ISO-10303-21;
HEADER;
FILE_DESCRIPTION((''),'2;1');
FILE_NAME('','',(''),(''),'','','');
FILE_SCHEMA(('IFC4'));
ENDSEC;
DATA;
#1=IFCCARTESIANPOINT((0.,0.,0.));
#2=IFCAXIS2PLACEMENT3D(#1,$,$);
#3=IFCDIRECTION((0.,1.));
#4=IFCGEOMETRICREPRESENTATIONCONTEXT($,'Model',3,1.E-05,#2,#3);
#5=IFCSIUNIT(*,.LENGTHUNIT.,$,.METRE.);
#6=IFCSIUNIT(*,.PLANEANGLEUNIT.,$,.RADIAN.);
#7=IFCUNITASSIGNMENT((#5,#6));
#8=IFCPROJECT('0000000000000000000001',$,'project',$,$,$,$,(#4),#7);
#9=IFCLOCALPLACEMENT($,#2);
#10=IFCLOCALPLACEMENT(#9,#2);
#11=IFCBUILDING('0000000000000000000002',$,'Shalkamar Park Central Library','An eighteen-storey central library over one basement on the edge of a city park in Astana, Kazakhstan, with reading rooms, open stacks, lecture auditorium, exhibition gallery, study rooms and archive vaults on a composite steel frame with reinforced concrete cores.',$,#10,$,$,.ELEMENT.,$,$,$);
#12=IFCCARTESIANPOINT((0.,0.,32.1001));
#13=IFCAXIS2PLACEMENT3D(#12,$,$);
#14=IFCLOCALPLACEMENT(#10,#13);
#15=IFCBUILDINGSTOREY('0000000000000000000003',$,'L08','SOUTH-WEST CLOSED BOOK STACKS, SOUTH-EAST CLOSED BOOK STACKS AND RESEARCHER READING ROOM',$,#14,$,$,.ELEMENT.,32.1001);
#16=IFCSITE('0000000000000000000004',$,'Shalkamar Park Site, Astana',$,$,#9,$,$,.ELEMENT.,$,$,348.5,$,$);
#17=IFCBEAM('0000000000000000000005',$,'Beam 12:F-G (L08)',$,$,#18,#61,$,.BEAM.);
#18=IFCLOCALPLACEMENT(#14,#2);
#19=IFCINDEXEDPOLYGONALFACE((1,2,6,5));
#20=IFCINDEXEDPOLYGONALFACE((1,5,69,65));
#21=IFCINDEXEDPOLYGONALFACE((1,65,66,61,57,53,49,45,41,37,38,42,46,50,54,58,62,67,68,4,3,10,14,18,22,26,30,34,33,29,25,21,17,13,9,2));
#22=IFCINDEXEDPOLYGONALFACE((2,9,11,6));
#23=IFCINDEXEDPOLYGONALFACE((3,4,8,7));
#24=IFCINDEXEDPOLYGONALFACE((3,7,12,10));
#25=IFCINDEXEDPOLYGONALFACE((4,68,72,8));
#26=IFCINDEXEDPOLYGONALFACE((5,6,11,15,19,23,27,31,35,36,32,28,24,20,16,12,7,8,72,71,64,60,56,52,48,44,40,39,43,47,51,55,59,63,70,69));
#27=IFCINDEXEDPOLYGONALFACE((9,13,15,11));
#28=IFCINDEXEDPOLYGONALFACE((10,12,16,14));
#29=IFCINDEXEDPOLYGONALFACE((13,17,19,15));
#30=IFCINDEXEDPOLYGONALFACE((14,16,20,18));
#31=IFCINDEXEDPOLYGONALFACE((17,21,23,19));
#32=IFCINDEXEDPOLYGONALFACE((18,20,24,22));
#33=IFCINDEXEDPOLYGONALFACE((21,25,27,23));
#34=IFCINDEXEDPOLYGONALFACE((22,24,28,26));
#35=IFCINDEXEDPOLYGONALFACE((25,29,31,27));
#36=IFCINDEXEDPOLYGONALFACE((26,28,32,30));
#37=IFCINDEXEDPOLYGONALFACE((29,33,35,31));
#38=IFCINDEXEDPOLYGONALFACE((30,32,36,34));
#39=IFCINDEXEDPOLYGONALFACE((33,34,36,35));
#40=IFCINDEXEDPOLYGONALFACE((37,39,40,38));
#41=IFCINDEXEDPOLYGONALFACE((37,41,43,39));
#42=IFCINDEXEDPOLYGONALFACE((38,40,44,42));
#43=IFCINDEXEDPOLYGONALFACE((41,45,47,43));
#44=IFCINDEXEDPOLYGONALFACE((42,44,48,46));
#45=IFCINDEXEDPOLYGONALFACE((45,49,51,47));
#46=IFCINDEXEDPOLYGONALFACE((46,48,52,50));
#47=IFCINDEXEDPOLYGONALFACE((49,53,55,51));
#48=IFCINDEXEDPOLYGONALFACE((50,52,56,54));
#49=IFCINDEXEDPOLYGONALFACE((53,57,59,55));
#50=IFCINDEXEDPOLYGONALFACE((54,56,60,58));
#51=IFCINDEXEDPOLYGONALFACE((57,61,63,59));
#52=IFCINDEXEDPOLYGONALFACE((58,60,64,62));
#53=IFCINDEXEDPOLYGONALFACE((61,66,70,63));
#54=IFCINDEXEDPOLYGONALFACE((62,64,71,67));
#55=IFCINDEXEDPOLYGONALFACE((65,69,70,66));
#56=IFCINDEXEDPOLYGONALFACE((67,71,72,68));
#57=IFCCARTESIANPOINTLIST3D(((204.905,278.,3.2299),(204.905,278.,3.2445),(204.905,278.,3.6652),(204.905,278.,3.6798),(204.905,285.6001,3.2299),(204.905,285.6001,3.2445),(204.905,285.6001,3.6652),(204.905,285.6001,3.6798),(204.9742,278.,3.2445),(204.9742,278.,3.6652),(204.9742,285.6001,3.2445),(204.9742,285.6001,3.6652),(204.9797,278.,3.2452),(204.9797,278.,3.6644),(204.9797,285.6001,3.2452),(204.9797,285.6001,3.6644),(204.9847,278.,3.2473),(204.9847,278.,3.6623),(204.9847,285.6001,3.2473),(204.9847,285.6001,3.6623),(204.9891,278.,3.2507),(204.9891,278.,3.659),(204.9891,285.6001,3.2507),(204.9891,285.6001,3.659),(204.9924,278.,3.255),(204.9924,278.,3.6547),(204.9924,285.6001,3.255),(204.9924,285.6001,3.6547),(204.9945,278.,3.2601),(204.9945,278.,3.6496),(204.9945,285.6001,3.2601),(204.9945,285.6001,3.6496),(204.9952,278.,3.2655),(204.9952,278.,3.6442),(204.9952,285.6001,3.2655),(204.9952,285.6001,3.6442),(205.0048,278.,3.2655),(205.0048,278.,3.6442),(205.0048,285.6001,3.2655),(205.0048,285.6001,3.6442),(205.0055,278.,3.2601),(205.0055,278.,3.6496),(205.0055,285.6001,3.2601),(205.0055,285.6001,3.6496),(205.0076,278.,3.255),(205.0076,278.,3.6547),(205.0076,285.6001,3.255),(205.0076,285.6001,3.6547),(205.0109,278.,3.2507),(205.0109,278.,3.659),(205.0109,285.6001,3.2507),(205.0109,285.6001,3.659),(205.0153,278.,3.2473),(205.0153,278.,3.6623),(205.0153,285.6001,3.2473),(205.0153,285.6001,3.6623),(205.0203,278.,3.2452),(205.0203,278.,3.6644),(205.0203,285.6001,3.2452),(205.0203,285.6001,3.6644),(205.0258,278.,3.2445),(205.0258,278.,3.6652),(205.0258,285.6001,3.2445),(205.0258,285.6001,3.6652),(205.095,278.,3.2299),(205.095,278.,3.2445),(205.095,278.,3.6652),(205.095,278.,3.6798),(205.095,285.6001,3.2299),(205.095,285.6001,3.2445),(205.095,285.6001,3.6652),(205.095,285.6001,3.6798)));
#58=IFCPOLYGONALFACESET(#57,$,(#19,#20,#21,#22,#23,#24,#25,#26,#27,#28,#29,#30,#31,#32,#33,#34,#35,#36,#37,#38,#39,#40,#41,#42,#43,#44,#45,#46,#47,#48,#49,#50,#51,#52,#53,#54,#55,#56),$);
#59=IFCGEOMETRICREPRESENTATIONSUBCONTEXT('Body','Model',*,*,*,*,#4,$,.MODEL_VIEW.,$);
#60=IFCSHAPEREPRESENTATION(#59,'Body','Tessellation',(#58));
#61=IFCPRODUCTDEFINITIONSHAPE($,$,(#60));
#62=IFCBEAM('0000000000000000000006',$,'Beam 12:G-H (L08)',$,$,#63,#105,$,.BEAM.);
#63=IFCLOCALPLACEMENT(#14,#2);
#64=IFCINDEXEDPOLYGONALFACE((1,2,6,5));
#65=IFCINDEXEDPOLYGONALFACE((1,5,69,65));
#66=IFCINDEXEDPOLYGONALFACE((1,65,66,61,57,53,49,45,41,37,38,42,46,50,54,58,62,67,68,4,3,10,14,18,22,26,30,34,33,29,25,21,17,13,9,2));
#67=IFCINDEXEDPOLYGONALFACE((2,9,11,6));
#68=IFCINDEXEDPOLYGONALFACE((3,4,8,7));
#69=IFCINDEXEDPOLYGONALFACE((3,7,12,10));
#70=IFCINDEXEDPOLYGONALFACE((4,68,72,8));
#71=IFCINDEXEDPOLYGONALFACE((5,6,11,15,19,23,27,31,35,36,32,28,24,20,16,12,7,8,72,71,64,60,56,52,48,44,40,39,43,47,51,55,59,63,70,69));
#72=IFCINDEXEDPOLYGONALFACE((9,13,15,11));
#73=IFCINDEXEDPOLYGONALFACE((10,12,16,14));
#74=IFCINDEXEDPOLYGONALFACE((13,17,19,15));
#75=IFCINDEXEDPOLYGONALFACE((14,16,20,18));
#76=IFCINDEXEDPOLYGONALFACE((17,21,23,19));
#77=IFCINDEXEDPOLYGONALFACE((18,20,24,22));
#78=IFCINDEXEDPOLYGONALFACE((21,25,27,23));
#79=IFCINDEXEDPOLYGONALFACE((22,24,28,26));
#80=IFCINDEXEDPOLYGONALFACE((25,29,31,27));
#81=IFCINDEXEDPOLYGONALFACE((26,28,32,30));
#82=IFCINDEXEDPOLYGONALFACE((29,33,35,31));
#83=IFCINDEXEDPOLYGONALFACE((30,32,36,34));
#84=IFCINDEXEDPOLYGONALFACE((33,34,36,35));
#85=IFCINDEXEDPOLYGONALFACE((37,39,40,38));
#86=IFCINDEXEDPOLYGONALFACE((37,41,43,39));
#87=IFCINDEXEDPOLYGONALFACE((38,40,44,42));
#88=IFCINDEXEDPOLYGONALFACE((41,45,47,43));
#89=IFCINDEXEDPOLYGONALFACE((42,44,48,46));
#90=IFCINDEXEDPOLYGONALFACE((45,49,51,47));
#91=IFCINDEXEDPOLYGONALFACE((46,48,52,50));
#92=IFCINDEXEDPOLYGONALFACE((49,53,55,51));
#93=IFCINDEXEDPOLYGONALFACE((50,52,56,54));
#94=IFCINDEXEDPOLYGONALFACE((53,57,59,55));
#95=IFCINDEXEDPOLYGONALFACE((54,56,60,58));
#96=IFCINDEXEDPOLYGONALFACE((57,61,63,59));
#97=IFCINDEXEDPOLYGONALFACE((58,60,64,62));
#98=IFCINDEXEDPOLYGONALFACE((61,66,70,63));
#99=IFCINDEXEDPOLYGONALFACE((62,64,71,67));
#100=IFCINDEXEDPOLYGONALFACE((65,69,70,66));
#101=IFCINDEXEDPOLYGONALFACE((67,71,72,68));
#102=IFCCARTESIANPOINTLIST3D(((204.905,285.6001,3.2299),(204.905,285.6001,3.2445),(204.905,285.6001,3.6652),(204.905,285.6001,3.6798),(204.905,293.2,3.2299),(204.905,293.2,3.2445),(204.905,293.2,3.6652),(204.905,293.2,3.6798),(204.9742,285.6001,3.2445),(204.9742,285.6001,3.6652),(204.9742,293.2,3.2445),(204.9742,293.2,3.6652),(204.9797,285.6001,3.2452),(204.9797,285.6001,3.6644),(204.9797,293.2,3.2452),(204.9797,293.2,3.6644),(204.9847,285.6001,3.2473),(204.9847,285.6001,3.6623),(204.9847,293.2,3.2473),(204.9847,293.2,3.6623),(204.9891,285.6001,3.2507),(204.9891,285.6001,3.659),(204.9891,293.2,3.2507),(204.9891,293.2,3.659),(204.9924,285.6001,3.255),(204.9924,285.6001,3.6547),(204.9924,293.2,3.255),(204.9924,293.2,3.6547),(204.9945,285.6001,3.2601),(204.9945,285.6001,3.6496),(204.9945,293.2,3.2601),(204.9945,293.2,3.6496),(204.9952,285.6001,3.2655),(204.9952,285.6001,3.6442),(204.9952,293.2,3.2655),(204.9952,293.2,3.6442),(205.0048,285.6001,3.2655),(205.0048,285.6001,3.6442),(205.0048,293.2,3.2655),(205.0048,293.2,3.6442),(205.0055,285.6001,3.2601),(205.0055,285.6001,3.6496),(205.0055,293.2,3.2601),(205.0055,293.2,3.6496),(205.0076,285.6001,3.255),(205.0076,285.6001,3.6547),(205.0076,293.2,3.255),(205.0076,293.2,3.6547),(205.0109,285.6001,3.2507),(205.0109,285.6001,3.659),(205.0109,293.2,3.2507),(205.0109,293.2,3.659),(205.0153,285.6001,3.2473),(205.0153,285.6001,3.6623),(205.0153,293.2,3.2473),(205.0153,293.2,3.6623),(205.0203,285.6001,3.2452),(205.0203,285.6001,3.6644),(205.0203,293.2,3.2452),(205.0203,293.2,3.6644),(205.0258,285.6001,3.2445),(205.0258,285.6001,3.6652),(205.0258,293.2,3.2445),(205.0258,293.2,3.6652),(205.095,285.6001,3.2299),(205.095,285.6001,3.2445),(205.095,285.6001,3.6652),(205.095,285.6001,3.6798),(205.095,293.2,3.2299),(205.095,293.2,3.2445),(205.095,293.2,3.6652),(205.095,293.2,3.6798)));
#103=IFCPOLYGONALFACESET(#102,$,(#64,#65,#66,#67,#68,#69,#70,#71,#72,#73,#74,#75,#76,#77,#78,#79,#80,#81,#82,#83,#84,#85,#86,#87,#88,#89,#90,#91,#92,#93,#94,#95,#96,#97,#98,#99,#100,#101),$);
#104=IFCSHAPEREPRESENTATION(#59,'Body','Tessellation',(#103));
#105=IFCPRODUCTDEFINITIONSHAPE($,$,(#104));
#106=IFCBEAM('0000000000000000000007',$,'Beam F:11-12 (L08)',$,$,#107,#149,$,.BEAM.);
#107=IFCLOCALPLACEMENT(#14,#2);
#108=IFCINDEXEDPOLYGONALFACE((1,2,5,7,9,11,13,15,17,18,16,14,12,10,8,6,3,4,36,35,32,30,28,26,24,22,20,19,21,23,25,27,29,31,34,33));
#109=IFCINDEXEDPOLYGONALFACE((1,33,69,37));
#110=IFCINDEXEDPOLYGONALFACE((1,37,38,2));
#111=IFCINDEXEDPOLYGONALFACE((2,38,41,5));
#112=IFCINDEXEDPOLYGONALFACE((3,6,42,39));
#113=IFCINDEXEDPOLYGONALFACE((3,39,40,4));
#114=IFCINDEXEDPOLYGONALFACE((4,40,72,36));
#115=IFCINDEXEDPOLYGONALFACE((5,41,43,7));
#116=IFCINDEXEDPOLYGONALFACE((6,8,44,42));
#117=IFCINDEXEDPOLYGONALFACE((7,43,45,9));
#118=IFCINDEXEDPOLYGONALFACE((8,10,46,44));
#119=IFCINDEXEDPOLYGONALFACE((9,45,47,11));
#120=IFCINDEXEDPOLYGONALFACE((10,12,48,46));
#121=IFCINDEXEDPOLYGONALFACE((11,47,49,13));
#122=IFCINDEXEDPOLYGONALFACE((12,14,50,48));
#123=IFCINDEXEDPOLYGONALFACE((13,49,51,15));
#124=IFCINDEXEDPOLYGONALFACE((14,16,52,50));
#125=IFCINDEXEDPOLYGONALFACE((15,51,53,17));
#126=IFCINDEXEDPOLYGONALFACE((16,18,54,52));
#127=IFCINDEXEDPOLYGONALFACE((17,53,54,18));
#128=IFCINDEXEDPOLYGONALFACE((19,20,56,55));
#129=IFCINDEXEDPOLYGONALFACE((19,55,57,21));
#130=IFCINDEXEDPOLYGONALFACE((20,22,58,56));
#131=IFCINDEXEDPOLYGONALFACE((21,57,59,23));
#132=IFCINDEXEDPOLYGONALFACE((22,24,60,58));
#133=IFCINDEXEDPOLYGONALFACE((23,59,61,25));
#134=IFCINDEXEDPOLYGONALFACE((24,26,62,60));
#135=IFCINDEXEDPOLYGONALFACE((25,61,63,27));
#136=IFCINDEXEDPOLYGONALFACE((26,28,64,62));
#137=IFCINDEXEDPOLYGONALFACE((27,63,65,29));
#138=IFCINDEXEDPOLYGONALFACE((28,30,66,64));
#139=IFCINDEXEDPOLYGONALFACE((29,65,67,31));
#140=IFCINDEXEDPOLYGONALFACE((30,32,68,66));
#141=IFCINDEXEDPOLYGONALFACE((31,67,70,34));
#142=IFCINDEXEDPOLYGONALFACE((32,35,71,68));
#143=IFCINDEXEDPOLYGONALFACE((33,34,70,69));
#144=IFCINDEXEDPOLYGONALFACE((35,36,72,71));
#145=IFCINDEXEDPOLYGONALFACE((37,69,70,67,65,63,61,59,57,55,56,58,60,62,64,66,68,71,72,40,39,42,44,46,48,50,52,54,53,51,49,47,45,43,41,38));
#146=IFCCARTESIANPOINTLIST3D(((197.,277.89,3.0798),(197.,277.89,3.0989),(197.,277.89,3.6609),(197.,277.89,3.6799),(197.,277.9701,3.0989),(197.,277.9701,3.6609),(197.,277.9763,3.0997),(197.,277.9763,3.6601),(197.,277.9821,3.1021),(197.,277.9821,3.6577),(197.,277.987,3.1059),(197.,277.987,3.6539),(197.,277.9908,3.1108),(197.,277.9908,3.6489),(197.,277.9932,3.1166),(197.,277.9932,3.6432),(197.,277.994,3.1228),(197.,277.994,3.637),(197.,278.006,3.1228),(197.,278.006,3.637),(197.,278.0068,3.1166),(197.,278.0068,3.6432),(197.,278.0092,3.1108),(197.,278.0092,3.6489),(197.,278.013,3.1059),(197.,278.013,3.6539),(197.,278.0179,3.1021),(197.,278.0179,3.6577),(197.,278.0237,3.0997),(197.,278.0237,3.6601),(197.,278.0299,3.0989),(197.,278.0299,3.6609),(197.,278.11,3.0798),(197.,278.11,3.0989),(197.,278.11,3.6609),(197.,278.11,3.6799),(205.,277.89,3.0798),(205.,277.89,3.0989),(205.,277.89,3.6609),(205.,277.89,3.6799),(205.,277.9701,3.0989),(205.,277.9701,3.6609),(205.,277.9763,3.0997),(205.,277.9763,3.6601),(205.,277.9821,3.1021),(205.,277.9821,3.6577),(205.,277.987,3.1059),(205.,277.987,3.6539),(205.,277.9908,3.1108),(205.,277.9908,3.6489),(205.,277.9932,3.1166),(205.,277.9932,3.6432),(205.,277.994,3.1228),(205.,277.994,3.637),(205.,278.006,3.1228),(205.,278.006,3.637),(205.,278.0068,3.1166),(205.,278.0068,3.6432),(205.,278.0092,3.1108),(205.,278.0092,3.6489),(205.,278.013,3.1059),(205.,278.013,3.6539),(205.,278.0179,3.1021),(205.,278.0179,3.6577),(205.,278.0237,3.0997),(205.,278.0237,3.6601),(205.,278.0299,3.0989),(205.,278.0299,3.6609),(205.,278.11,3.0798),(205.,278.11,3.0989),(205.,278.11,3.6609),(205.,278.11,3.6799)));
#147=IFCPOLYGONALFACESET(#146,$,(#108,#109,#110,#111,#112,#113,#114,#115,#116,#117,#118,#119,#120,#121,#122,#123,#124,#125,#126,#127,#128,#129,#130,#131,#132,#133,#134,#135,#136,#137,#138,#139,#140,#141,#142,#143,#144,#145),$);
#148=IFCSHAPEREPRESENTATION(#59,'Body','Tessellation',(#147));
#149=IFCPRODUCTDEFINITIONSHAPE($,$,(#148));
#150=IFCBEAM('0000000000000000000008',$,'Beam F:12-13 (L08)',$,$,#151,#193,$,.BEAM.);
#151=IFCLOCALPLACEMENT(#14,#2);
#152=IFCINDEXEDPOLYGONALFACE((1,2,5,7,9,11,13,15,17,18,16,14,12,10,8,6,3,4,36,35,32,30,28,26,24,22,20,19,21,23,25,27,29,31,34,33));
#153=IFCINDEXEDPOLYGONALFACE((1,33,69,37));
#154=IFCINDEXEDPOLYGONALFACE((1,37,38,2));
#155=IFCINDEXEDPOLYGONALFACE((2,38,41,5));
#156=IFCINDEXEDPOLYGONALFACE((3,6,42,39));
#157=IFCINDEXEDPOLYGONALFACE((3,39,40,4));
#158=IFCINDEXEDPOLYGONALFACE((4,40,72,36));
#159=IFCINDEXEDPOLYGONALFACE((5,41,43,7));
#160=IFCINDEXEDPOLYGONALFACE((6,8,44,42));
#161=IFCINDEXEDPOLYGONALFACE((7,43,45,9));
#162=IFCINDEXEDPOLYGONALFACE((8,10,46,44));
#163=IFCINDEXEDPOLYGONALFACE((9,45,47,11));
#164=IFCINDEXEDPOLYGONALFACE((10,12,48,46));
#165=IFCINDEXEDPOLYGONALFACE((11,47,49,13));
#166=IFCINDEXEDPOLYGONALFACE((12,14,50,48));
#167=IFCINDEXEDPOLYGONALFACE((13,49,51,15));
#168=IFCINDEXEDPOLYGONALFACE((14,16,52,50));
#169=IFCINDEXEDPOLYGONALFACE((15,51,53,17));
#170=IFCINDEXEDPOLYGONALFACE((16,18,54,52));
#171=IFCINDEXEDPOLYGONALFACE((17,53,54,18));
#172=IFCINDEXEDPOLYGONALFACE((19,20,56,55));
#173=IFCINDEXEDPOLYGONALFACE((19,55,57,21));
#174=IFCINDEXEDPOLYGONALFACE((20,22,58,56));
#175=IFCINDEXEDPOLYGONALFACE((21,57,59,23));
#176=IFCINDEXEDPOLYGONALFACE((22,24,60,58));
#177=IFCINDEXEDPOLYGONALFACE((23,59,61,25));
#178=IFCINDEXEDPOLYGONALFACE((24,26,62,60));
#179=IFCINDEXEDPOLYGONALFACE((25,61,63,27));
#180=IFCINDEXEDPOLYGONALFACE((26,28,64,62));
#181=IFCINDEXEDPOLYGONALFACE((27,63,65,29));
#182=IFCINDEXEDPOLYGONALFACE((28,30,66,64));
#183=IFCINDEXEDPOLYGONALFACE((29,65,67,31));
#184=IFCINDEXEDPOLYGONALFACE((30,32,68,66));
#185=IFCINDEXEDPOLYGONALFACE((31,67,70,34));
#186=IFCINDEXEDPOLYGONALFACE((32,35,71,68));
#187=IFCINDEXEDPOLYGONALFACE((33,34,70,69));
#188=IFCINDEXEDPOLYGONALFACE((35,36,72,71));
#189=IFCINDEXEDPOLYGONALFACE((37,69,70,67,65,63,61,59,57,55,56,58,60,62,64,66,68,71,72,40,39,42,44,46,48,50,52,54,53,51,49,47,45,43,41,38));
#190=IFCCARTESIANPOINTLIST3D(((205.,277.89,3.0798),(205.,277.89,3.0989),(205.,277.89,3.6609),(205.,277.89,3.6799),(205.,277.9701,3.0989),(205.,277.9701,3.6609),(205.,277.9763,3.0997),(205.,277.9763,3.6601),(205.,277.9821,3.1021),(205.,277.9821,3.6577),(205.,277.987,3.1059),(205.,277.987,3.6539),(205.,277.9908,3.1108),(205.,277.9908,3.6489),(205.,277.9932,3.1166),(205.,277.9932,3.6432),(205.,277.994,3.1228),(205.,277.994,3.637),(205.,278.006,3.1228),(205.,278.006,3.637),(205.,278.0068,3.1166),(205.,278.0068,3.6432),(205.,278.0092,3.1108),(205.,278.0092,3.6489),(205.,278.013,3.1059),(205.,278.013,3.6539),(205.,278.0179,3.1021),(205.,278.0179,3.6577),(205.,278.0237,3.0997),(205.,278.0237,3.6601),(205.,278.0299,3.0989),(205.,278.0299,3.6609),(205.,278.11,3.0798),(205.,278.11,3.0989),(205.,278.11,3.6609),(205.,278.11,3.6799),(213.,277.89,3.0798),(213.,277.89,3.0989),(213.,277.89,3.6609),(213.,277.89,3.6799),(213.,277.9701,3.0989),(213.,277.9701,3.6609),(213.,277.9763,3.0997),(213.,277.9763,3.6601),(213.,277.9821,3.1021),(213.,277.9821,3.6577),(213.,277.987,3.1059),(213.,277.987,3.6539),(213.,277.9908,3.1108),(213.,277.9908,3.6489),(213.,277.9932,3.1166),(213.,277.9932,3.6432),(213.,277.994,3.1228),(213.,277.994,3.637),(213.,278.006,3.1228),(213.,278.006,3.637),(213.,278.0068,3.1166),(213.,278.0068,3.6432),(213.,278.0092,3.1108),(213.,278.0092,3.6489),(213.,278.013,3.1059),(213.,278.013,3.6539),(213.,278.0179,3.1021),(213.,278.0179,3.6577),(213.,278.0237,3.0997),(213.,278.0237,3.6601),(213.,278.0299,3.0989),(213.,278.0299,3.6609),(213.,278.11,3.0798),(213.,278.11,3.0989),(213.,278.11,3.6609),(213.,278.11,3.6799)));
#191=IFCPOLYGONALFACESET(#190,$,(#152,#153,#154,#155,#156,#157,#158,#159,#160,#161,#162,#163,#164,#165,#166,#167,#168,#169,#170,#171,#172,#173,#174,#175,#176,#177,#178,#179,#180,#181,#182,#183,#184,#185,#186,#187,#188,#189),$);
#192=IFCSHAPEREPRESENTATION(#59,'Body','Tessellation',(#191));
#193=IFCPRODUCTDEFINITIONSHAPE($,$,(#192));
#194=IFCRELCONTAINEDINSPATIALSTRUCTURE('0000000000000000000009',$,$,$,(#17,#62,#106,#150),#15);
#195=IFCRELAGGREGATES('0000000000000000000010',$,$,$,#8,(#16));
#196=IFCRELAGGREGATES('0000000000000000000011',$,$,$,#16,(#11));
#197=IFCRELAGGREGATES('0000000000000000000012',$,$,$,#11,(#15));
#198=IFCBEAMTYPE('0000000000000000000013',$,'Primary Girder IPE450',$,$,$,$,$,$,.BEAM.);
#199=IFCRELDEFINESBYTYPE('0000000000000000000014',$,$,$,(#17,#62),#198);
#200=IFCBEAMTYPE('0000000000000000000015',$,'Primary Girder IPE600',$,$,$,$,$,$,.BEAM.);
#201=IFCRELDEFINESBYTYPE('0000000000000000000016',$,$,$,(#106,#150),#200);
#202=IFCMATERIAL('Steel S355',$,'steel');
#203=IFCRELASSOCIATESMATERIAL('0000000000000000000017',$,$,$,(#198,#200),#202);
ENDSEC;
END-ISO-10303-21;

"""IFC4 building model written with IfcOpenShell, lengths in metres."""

from ifc_helpers import new_model, si_unit, direction, frame, origin, origin_2d, place, context, subcontext, project, spatial, i_section, extrude, material, material_profile, profile_set, type_object, element, save


model = new_model("IFC4")

# Units and contexts
model_context = context("Model", 3, precision=1e-05, world=origin(), true_north=direction((0.0, 1.0)))
body_context = subcontext(model_context, "Body", "Model", "MODEL_VIEW")
ifc_project = project(units=[si_unit("LENGTHUNIT", "METRE"), si_unit("PLANEANGLEUNIT", "RADIAN")], contexts=[model_context])

# Site, building, storey
site_placement = place(None, origin())
site = spatial("IfcSite", under=ifc_project, at=site_placement, Name="Shalkamar Park Site, Astana", CompositionType="ELEMENT", RefElevation=348.5)
building_placement = place(site_placement, origin())
building = spatial("IfcBuilding", under=site, at=building_placement, Name="Shalkamar Park Central Library", Description="An eighteen-storey central library over one basement on the edge of a city park in Astana, Kazakhstan, with reading rooms, open stacks, lecture auditorium, exhibition gallery, study rooms and archive vaults on a composite steel frame with reinforced concrete cores.", CompositionType="ELEMENT")
storey_placement = place(building_placement, frame((0.0, 0.0, 32.1001)))
storey = spatial("IfcBuildingStorey", under=building, at=storey_placement, Name="L08", Description="SOUTH-WEST CLOSED BOOK STACKS, SOUTH-EAST CLOSED BOOK STACKS AND RESEARCHER READING ROOM", CompositionType="ELEMENT", Elevation=32.1001)

# Shared definitions
ifc_material_1 = material(Name="Steel S355", Category="steel")

# Beams
ifc_material_profile_1 = material_profile(ifc_material_1, i_section(OverallWidth=0.1899, OverallDepth=0.45, WebThickness=0.0095, FlangeThickness=0.0146, FilletRadius=0.021, at=origin_2d()), Name="IPE 450")
ifc_profile_set_1 = profile_set([ifc_material_profile_1], Name="Steel S355")
beam_type_1 = type_object("IfcBeamType", Name="Primary Girder IPE450", PredefinedType="BEAM", material=ifc_profile_set_1)
beam_1_placement = place(storey_placement, frame((205.0, 278.0, 3.4548), z_axis=(0.0, 1.0, 0.0), x_axis=(-1.0, 0.0, 0.0)))
element("IfcBeam", 1, at=beam_1_placement, inside=storey, type_object=beam_type_1, Name="Beam 12:F-G (L08)", PredefinedType="BEAM", context=body_context, shape_type="SweptSolid", body=[
    extrude(i_section(OverallWidth=0.1899, OverallDepth=0.45, WebThickness=0.0095, FlangeThickness=0.0146, FilletRadius=0.021, at=origin_2d()), origin(), (0.0, 0.0, 1.0), 7.6001),
])
beam_2_placement = place(storey_placement, frame((205.0, 285.6001, 3.4548), z_axis=(0.0, 1.0, 0.0), x_axis=(-1.0, 0.0, 0.0)))
element("IfcBeam", 2, at=beam_2_placement, inside=storey, type_object=beam_type_1, Name="Beam 12:G-H (L08)", PredefinedType="BEAM", context=body_context, shape_type="SweptSolid", body=[
    extrude(i_section(OverallWidth=0.1899, OverallDepth=0.45, WebThickness=0.0095, FlangeThickness=0.0146, FilletRadius=0.021, at=origin_2d()), origin(), (0.0, 0.0, 1.0), 7.5999),
])
ifc_material_profile_2 = material_profile(ifc_material_1, i_section(OverallWidth=0.22, OverallDepth=0.6001, WebThickness=0.012, FlangeThickness=0.019, FilletRadius=0.0239, at=origin_2d()), Name="IPE 600")
ifc_profile_set_2 = profile_set([ifc_material_profile_2], Name="Steel S355")
beam_type_2 = type_object("IfcBeamType", Name="Primary Girder IPE600", PredefinedType="BEAM", material=ifc_profile_set_2)
for number, where, z_axis, x_axis, name in (
    (3, (197.0, 278.0, 3.3799), (1.0, 0.0, 0.0), (0.0, 1.0, 0.0), "Beam F:11-12 (L08)"),
    (4, (205.0, 278.0, 3.3799), (1.0, 0.0, 0.0), (0.0, 1.0, 0.0), "Beam F:12-13 (L08)"),
):
    element("IfcBeam", number, at=place(storey_placement, frame(where, z_axis=z_axis, x_axis=x_axis)), inside=storey, type_object=beam_type_2, Name=name, PredefinedType="BEAM", context=body_context, shape_type="SweptSolid", body=[
        extrude(i_section(OverallWidth=0.22, OverallDepth=0.6001, WebThickness=0.012, FlangeThickness=0.019, FilletRadius=0.0239, at=origin_2d()), origin(), (0.0, 0.0, 1.0), 8.0),
    ])

save(model, "model.ifc")
